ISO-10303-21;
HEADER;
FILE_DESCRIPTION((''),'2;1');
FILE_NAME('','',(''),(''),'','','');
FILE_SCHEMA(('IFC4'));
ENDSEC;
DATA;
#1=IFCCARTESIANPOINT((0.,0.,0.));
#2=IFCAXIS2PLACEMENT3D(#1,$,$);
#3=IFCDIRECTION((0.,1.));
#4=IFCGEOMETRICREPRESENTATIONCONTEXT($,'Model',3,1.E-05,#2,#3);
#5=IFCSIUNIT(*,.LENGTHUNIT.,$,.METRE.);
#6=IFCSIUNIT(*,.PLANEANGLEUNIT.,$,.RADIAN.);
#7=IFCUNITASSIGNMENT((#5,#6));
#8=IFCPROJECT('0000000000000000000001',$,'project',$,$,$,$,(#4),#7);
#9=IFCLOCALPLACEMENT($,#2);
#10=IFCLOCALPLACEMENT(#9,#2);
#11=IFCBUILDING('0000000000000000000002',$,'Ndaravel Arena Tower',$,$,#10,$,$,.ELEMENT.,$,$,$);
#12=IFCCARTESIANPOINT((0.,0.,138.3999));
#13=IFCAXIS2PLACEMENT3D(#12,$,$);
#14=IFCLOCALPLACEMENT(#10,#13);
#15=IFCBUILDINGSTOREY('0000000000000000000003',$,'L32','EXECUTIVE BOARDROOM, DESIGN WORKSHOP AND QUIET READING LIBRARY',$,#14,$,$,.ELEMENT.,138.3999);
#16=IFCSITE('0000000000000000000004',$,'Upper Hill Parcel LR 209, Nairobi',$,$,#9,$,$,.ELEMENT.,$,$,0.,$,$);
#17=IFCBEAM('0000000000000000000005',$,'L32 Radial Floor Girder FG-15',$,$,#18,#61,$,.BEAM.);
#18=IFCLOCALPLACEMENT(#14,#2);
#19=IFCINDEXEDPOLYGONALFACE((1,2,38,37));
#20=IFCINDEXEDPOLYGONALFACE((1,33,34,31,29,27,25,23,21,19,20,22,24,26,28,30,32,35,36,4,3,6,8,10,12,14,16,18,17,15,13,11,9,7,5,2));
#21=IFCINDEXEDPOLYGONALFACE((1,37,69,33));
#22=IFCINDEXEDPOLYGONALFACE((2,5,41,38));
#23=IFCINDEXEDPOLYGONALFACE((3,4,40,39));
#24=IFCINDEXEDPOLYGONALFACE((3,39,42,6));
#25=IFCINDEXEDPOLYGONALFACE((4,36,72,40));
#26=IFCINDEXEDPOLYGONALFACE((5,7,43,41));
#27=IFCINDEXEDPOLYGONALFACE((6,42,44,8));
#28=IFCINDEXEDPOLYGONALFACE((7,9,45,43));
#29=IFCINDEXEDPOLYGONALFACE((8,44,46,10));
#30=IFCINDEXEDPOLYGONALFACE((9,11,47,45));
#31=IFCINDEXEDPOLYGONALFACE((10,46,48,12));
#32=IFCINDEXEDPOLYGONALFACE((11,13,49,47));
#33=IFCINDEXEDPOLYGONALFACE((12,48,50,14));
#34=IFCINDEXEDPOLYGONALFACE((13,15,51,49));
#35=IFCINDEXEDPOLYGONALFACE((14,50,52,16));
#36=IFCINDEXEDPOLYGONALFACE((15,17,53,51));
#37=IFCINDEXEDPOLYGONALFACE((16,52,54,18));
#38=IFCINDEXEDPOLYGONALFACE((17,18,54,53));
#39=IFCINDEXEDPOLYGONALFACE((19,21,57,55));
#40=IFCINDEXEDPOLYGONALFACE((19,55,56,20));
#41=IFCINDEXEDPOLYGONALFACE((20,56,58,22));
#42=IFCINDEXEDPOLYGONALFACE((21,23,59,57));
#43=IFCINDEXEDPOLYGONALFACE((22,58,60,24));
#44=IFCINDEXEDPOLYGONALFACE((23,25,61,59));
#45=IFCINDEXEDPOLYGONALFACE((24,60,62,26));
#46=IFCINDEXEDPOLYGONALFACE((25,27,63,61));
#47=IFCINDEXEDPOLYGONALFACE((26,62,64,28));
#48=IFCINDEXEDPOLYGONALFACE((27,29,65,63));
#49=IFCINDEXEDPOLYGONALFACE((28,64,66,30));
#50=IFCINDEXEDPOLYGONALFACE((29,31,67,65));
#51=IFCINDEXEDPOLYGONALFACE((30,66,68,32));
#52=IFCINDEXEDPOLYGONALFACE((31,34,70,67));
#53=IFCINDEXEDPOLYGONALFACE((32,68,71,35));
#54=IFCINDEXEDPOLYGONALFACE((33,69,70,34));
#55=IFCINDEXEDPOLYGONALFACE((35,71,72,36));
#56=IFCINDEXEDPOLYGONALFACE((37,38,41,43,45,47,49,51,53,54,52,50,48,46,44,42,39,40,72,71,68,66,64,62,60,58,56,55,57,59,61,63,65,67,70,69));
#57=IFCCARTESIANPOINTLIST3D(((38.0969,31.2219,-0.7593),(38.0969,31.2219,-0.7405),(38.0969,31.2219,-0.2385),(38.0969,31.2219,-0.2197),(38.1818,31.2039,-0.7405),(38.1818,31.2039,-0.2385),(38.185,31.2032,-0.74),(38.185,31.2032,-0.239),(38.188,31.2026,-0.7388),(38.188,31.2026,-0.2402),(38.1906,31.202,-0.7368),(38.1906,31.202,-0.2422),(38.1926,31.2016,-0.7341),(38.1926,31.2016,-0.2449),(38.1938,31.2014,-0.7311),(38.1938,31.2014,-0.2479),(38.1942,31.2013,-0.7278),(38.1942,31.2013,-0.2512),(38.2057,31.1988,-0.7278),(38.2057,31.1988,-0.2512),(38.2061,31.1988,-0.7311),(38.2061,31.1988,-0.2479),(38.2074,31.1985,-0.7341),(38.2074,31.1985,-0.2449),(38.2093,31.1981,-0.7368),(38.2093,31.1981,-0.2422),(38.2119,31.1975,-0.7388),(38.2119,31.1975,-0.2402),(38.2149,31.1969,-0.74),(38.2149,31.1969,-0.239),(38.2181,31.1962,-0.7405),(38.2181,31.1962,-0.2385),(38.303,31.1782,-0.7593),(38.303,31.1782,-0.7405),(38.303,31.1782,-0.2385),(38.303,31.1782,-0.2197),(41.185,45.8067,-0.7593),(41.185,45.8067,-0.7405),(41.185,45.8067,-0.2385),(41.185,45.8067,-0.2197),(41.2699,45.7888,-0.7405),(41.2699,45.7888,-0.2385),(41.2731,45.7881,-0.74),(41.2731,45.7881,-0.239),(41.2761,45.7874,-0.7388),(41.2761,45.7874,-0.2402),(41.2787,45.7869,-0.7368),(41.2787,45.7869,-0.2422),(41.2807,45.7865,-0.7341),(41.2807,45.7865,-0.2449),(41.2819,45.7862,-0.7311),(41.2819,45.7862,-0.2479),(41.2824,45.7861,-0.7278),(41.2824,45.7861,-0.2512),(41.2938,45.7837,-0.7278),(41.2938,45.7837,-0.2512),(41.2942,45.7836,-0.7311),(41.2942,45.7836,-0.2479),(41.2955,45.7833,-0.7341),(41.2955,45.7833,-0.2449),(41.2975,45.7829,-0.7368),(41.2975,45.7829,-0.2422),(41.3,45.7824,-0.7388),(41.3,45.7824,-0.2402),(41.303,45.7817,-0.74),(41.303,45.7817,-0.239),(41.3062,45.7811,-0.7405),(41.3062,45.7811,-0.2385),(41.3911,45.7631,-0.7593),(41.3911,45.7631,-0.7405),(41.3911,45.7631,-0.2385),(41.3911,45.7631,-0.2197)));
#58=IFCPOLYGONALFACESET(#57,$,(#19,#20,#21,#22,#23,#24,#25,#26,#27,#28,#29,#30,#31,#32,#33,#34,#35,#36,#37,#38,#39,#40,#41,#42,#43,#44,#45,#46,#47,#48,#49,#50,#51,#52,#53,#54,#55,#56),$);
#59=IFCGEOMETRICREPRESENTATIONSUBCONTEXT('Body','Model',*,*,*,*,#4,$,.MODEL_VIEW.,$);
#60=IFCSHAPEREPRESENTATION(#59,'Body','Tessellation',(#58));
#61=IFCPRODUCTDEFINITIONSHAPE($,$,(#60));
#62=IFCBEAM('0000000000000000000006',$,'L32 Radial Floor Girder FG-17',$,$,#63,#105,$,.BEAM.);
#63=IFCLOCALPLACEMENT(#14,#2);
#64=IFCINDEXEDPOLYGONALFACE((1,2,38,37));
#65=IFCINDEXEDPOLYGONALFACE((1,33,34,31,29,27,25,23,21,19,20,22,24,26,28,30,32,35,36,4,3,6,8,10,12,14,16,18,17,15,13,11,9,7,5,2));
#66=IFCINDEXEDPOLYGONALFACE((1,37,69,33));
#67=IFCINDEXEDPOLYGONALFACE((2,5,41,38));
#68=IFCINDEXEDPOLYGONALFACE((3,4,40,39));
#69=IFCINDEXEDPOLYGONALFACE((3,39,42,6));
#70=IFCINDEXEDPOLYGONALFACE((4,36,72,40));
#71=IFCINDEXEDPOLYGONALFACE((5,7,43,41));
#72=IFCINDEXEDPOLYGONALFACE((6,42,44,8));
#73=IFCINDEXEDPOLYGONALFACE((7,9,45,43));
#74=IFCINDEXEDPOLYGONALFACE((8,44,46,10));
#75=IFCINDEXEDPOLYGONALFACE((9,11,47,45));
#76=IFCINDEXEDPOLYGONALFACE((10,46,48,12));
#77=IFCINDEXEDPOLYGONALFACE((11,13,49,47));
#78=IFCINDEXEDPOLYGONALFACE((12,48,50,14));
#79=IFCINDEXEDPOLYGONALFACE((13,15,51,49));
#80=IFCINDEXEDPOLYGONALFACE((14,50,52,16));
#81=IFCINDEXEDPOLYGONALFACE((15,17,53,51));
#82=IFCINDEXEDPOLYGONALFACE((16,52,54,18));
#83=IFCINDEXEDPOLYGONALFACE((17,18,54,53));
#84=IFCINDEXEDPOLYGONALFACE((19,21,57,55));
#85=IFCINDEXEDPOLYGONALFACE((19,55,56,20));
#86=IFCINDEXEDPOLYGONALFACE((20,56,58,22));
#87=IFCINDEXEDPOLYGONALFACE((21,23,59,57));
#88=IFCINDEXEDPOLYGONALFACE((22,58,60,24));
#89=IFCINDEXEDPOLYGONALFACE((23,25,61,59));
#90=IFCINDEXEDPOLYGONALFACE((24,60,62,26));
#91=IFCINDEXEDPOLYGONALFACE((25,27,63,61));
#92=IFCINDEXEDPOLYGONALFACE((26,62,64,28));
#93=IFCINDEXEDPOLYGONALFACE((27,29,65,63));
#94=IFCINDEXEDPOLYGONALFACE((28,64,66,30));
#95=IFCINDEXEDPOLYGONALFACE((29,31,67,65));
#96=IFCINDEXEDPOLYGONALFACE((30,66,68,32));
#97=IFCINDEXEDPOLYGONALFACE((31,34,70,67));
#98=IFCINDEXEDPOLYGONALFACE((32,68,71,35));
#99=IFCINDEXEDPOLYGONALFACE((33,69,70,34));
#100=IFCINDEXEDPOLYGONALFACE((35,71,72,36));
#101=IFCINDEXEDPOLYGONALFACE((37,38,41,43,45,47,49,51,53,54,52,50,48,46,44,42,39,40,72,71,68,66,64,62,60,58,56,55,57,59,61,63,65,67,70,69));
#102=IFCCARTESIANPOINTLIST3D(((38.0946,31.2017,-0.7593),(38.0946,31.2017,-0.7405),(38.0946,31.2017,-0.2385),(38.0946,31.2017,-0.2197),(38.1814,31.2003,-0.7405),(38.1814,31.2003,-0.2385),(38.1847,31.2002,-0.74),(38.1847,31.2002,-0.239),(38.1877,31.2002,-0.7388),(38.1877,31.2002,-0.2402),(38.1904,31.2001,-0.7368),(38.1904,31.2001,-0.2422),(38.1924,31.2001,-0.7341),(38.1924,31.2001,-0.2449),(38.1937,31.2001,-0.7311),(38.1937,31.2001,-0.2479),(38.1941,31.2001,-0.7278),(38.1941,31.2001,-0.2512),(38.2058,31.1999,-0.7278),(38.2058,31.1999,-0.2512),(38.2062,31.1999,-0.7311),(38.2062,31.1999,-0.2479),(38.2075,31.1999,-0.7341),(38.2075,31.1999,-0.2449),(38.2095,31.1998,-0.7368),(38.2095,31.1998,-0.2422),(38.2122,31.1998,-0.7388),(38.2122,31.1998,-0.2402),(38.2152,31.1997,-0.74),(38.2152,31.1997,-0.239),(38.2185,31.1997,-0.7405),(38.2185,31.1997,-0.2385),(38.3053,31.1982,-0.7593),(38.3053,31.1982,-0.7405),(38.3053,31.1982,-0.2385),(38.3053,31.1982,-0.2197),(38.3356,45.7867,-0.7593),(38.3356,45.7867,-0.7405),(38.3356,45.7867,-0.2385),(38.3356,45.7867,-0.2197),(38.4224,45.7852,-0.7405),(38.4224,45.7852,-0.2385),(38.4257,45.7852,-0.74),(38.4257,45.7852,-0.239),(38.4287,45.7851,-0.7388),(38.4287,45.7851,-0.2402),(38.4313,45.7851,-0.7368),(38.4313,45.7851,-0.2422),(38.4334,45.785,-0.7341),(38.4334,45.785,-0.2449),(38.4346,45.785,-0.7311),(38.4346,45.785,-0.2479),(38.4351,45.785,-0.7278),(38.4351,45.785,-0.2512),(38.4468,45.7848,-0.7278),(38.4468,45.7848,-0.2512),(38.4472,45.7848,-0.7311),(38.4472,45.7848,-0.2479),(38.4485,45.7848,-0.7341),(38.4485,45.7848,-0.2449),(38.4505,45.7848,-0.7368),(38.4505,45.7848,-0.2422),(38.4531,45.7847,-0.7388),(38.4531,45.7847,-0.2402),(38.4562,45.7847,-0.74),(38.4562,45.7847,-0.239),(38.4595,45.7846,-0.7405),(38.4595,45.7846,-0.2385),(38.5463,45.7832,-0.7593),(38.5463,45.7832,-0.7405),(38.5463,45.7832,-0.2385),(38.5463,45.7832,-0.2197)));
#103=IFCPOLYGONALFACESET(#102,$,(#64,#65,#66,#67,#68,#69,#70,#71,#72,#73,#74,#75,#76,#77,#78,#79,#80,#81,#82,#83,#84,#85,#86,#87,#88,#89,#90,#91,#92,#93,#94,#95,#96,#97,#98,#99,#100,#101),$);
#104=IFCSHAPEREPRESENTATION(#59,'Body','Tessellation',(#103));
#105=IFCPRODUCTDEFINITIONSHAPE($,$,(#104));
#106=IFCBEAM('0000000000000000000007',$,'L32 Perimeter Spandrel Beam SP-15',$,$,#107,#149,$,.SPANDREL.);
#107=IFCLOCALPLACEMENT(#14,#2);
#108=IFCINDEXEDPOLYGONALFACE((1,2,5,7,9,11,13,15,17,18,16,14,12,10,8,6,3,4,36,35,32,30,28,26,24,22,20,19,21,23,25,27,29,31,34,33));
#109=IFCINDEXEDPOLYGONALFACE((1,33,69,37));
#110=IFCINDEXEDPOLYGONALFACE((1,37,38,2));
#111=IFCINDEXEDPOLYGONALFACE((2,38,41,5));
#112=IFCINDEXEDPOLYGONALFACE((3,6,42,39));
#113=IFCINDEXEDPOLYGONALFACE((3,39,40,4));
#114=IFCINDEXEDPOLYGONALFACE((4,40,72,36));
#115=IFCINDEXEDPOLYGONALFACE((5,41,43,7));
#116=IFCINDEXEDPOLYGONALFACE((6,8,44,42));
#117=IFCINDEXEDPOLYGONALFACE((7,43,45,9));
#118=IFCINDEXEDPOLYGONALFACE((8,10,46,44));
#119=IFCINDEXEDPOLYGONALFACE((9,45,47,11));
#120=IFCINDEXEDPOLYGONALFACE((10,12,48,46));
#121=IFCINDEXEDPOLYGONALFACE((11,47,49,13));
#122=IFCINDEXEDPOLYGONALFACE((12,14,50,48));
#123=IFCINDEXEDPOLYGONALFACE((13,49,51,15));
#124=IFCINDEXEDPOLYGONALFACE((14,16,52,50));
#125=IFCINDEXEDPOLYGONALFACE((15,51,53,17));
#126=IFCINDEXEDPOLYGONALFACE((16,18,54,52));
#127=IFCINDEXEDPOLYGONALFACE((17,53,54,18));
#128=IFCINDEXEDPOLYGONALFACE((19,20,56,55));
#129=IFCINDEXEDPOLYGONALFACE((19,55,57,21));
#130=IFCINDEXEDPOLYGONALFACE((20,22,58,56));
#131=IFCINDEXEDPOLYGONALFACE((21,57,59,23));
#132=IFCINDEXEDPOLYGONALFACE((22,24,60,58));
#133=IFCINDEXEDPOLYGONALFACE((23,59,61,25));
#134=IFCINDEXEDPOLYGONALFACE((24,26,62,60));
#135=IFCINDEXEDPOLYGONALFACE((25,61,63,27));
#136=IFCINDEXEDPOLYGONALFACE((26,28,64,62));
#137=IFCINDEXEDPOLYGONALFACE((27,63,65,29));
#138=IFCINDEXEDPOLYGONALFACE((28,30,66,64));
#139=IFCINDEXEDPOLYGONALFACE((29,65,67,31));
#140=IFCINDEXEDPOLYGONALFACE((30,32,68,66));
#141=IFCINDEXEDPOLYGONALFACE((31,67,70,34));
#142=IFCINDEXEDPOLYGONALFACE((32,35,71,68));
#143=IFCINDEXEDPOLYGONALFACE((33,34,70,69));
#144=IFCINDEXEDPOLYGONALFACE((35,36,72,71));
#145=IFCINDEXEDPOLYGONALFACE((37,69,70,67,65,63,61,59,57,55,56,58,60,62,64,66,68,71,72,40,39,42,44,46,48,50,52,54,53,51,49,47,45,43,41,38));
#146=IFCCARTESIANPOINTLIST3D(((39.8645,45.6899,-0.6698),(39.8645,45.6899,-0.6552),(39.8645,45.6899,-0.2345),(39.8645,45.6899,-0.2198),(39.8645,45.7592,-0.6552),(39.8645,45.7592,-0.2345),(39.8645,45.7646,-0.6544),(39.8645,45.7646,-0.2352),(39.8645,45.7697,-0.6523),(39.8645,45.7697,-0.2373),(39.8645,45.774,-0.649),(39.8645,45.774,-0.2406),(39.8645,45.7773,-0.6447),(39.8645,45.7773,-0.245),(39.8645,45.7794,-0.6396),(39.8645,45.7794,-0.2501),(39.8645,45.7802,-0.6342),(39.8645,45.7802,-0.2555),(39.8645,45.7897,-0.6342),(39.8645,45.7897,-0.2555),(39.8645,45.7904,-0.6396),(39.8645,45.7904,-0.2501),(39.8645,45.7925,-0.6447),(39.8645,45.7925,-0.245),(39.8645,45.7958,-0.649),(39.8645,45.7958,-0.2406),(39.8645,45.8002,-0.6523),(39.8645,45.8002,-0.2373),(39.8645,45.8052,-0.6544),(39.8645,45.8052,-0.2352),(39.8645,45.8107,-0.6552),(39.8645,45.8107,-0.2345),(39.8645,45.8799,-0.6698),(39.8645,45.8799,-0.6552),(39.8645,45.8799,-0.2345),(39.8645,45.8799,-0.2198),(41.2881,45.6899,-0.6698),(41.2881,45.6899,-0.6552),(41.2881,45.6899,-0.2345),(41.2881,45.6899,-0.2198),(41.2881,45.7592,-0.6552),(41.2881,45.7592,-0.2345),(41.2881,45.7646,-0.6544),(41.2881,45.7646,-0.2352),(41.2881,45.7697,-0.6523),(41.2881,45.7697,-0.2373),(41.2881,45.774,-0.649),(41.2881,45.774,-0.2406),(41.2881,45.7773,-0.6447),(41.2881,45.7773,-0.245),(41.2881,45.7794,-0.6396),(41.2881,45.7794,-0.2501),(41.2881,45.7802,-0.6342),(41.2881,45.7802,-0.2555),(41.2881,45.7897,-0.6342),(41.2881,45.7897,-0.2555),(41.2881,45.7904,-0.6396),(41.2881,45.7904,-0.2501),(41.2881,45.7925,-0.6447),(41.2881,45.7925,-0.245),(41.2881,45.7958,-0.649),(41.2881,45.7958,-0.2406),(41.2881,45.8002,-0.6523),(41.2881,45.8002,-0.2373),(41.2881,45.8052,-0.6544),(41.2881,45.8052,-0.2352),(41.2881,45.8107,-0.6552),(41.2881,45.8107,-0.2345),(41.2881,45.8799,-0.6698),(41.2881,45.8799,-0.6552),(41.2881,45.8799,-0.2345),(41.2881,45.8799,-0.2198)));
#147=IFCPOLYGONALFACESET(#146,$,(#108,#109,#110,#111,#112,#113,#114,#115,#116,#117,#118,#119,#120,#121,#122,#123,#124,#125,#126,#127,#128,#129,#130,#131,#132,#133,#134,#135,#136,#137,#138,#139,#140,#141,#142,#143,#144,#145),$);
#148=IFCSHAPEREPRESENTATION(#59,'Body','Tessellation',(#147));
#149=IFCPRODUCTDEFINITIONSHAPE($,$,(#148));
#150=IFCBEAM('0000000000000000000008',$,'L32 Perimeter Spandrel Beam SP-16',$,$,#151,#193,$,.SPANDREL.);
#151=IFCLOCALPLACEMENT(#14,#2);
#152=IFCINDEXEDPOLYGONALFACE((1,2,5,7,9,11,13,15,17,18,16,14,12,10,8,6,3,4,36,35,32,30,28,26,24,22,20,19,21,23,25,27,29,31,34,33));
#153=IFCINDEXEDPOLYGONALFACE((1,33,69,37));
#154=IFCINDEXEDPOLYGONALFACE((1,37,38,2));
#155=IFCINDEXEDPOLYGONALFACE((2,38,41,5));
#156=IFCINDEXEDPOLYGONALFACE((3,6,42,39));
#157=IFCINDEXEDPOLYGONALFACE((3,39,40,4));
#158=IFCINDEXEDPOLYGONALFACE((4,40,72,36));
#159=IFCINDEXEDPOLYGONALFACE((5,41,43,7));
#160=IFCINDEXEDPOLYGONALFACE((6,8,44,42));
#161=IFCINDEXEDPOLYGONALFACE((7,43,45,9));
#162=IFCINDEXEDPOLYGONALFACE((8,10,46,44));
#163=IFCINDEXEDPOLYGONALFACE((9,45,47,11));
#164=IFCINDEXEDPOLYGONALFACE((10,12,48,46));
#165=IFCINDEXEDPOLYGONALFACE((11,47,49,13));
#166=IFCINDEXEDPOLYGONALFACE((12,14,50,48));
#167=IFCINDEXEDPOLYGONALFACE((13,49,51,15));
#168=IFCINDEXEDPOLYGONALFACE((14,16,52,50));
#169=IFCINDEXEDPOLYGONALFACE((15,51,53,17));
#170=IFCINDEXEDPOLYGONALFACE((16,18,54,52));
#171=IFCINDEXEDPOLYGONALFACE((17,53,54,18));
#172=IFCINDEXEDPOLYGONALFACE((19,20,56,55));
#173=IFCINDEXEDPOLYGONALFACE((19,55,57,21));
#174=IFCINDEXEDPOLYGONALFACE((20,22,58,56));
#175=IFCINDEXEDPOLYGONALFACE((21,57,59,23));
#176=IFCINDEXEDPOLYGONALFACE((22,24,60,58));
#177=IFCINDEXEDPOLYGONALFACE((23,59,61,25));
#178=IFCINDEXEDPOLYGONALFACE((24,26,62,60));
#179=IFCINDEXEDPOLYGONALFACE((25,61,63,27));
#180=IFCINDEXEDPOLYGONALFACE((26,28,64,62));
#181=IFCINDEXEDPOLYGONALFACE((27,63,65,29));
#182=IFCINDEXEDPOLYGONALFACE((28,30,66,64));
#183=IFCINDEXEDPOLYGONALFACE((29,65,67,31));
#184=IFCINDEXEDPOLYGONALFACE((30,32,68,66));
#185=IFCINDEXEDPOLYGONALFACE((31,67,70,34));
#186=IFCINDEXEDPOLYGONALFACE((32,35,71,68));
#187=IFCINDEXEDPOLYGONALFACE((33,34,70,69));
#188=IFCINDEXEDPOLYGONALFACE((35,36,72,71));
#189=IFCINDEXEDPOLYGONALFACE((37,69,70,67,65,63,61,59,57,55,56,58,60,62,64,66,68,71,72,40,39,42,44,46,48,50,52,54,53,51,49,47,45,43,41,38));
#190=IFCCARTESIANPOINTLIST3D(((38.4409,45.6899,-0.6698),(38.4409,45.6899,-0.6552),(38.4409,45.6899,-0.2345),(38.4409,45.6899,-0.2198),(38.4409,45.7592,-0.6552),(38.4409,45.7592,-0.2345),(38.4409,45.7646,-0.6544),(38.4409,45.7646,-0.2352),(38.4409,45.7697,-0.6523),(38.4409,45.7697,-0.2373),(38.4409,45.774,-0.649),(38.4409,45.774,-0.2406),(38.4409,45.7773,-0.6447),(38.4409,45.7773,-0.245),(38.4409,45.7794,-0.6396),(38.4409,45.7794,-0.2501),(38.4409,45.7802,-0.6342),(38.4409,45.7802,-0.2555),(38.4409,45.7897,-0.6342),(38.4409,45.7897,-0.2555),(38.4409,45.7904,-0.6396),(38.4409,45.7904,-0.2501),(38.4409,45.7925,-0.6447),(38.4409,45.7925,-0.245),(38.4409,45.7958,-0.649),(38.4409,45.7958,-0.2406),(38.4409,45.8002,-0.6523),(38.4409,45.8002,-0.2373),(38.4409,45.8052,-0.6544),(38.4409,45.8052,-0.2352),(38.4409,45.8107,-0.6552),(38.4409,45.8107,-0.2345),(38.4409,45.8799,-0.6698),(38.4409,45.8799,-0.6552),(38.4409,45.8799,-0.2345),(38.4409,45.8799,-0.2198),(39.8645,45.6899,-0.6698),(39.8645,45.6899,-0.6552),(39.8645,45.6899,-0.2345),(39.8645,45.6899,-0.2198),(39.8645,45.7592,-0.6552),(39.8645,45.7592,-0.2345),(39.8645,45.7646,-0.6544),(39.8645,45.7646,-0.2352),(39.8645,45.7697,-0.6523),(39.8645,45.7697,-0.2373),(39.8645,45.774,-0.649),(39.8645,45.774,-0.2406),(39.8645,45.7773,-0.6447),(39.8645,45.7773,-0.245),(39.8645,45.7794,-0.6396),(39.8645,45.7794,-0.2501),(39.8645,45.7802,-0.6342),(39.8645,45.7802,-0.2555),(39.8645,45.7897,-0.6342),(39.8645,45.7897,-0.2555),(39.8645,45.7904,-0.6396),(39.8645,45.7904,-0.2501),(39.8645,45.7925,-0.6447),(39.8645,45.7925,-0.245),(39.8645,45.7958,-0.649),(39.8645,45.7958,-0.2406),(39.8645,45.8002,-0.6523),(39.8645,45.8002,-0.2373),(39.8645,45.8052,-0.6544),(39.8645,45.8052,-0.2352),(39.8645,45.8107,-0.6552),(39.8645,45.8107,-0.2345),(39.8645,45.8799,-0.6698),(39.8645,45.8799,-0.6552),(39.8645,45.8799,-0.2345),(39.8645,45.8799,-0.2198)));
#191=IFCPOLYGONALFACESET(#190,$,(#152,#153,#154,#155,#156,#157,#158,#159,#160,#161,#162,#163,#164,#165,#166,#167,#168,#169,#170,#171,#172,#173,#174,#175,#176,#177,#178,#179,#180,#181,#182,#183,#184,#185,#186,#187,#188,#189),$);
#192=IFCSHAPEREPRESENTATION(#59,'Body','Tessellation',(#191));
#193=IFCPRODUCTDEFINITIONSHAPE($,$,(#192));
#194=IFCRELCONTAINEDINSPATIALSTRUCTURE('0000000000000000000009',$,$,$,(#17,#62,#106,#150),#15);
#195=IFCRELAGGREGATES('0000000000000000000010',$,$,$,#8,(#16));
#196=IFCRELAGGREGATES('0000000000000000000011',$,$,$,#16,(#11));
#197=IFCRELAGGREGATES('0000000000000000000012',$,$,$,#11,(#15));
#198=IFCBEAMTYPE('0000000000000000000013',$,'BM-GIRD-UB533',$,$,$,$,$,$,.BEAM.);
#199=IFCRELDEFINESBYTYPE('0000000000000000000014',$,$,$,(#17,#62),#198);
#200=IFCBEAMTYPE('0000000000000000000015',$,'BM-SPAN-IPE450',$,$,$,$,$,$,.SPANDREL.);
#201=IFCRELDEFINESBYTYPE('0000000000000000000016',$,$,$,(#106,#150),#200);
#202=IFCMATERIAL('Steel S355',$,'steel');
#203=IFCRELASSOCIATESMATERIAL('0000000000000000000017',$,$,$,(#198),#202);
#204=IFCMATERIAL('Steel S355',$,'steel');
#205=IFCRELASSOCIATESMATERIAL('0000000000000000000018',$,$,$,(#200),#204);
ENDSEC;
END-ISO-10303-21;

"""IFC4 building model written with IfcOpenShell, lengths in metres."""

from ifc_helpers import new_model, si_unit, direction, frame, origin, origin_2d, place, context, subcontext, project, spatial, i_section, extrude, material, material_profile, profile_set, type_object, element, save


model = new_model("IFC4")

# Units and contexts
model_context = context("Model", 3, precision=1e-05, world=origin(), true_north=direction((0.0, 1.0)))
body_context = subcontext(model_context, "Body", "Model", "MODEL_VIEW")
ifc_project = project(units=[si_unit("LENGTHUNIT", "METRE"), si_unit("PLANEANGLEUNIT", "RADIAN")], contexts=[model_context])

# Site, building, storey
site_placement = place(None, origin())
site = spatial("IfcSite", under=ifc_project, at=site_placement, Name="Upper Hill Parcel LR 209, Nairobi", CompositionType="ELEMENT", RefElevation=0.0)
building_placement = place(site_placement, origin())
building = spatial("IfcBuilding", under=site, at=building_placement, Name="Ndaravel Arena Tower", CompositionType="ELEMENT")
storey_placement = place(building_placement, frame((0.0, 0.0, 138.3999)))
storey = spatial("IfcBuildingStorey", under=building, at=storey_placement, Name="L32", Description="EXECUTIVE BOARDROOM, DESIGN WORKSHOP AND QUIET READING LIBRARY", CompositionType="ELEMENT", Elevation=138.3999)

# Beams
ifc_material_1 = material(Name="Steel S355", Category="steel")
ifc_material_profile_1 = material_profile(ifc_material_1, i_section(OverallWidth=0.2107, OverallDepth=0.5396, WebThickness=0.0117, FlangeThickness=0.0188, FilletRadius=0.0127, at=origin_2d()), Name="UB 533x210x109")
ifc_profile_set_1 = profile_set([ifc_material_profile_1], Name="Steel S355")
beam_type_1 = type_object("IfcBeamType", Name="BM-GIRD-UB533", PredefinedType="BEAM", material=ifc_profile_set_1)
beam_1_placement = place(storey_placement, frame((41.2881, 45.7849, -0.4895), z_axis=(-0.207142, -0.978311, 0.0), x_axis=(0.978311, -0.207142, 0.0)))
element("IfcBeam", 1, at=beam_1_placement, inside=storey, type_object=beam_type_1, Name="L32 Radial Floor Girder FG-15", PredefinedType="BEAM", context=body_context, shape_type="SweptSolid", body=[
    extrude(i_section(OverallWidth=0.2107, OverallDepth=0.5396, WebThickness=0.0117, FlangeThickness=0.0188, FilletRadius=0.0127, at=origin_2d()), origin(), (0.0, 0.0, 1.0), 14.9082),
])
beam_2_placement = place(storey_placement, frame((38.4409, 45.7849, -0.4895), z_axis=(-0.016519, -0.999864, 0.0), x_axis=(0.999864, -0.016519, 0.0)))
element("IfcBeam", 2, at=beam_2_placement, inside=storey, type_object=beam_type_1, Name="L32 Radial Floor Girder FG-17", PredefinedType="BEAM", context=body_context, shape_type="SweptSolid", body=[
    extrude(i_section(OverallWidth=0.2107, OverallDepth=0.5396, WebThickness=0.0117, FlangeThickness=0.0188, FilletRadius=0.0127, at=origin_2d()), origin(), (0.0, 0.0, 1.0), 14.5869),
])
ifc_material_2 = material(Name="Steel S355", Category="steel")
ifc_material_profile_2 = material_profile(ifc_material_2, i_section(OverallWidth=0.1899, OverallDepth=0.45, WebThickness=0.0095, FlangeThickness=0.0146, FilletRadius=0.021, at=origin_2d()), Name="IPE 450")
ifc_profile_set_2 = profile_set([ifc_material_profile_2], Name="Steel S355")
beam_type_2 = type_object("IfcBeamType", Name="BM-SPAN-IPE450", PredefinedType="SPANDREL", material=ifc_profile_set_2)
for number, where, z_axis, x_axis, name in (
    (3, (41.2881, 45.7849, -0.4448), (-1.0, 0.0, 0.0), (0.0, -1.0, 0.0), "L32 Perimeter Spandrel Beam SP-15"),
    (4, (39.8645, 45.7849, -0.4448), (-1.0, 0.0, 0.0), (0.0, -1.0, 0.0), "L32 Perimeter Spandrel Beam SP-16"),
):
    element("IfcBeam", number, at=place(storey_placement, frame(where, z_axis=z_axis, x_axis=x_axis)), inside=storey, type_object=beam_type_2, Name=name, PredefinedType="SPANDREL", context=body_context, shape_type="SweptSolid", body=[
        extrude(i_section(OverallWidth=0.1899, OverallDepth=0.45, WebThickness=0.0095, FlangeThickness=0.0146, FilletRadius=0.021, at=origin_2d()), origin(), (0.0, 0.0, 1.0), 1.4236),
    ])

save(model, "model.ifc")
